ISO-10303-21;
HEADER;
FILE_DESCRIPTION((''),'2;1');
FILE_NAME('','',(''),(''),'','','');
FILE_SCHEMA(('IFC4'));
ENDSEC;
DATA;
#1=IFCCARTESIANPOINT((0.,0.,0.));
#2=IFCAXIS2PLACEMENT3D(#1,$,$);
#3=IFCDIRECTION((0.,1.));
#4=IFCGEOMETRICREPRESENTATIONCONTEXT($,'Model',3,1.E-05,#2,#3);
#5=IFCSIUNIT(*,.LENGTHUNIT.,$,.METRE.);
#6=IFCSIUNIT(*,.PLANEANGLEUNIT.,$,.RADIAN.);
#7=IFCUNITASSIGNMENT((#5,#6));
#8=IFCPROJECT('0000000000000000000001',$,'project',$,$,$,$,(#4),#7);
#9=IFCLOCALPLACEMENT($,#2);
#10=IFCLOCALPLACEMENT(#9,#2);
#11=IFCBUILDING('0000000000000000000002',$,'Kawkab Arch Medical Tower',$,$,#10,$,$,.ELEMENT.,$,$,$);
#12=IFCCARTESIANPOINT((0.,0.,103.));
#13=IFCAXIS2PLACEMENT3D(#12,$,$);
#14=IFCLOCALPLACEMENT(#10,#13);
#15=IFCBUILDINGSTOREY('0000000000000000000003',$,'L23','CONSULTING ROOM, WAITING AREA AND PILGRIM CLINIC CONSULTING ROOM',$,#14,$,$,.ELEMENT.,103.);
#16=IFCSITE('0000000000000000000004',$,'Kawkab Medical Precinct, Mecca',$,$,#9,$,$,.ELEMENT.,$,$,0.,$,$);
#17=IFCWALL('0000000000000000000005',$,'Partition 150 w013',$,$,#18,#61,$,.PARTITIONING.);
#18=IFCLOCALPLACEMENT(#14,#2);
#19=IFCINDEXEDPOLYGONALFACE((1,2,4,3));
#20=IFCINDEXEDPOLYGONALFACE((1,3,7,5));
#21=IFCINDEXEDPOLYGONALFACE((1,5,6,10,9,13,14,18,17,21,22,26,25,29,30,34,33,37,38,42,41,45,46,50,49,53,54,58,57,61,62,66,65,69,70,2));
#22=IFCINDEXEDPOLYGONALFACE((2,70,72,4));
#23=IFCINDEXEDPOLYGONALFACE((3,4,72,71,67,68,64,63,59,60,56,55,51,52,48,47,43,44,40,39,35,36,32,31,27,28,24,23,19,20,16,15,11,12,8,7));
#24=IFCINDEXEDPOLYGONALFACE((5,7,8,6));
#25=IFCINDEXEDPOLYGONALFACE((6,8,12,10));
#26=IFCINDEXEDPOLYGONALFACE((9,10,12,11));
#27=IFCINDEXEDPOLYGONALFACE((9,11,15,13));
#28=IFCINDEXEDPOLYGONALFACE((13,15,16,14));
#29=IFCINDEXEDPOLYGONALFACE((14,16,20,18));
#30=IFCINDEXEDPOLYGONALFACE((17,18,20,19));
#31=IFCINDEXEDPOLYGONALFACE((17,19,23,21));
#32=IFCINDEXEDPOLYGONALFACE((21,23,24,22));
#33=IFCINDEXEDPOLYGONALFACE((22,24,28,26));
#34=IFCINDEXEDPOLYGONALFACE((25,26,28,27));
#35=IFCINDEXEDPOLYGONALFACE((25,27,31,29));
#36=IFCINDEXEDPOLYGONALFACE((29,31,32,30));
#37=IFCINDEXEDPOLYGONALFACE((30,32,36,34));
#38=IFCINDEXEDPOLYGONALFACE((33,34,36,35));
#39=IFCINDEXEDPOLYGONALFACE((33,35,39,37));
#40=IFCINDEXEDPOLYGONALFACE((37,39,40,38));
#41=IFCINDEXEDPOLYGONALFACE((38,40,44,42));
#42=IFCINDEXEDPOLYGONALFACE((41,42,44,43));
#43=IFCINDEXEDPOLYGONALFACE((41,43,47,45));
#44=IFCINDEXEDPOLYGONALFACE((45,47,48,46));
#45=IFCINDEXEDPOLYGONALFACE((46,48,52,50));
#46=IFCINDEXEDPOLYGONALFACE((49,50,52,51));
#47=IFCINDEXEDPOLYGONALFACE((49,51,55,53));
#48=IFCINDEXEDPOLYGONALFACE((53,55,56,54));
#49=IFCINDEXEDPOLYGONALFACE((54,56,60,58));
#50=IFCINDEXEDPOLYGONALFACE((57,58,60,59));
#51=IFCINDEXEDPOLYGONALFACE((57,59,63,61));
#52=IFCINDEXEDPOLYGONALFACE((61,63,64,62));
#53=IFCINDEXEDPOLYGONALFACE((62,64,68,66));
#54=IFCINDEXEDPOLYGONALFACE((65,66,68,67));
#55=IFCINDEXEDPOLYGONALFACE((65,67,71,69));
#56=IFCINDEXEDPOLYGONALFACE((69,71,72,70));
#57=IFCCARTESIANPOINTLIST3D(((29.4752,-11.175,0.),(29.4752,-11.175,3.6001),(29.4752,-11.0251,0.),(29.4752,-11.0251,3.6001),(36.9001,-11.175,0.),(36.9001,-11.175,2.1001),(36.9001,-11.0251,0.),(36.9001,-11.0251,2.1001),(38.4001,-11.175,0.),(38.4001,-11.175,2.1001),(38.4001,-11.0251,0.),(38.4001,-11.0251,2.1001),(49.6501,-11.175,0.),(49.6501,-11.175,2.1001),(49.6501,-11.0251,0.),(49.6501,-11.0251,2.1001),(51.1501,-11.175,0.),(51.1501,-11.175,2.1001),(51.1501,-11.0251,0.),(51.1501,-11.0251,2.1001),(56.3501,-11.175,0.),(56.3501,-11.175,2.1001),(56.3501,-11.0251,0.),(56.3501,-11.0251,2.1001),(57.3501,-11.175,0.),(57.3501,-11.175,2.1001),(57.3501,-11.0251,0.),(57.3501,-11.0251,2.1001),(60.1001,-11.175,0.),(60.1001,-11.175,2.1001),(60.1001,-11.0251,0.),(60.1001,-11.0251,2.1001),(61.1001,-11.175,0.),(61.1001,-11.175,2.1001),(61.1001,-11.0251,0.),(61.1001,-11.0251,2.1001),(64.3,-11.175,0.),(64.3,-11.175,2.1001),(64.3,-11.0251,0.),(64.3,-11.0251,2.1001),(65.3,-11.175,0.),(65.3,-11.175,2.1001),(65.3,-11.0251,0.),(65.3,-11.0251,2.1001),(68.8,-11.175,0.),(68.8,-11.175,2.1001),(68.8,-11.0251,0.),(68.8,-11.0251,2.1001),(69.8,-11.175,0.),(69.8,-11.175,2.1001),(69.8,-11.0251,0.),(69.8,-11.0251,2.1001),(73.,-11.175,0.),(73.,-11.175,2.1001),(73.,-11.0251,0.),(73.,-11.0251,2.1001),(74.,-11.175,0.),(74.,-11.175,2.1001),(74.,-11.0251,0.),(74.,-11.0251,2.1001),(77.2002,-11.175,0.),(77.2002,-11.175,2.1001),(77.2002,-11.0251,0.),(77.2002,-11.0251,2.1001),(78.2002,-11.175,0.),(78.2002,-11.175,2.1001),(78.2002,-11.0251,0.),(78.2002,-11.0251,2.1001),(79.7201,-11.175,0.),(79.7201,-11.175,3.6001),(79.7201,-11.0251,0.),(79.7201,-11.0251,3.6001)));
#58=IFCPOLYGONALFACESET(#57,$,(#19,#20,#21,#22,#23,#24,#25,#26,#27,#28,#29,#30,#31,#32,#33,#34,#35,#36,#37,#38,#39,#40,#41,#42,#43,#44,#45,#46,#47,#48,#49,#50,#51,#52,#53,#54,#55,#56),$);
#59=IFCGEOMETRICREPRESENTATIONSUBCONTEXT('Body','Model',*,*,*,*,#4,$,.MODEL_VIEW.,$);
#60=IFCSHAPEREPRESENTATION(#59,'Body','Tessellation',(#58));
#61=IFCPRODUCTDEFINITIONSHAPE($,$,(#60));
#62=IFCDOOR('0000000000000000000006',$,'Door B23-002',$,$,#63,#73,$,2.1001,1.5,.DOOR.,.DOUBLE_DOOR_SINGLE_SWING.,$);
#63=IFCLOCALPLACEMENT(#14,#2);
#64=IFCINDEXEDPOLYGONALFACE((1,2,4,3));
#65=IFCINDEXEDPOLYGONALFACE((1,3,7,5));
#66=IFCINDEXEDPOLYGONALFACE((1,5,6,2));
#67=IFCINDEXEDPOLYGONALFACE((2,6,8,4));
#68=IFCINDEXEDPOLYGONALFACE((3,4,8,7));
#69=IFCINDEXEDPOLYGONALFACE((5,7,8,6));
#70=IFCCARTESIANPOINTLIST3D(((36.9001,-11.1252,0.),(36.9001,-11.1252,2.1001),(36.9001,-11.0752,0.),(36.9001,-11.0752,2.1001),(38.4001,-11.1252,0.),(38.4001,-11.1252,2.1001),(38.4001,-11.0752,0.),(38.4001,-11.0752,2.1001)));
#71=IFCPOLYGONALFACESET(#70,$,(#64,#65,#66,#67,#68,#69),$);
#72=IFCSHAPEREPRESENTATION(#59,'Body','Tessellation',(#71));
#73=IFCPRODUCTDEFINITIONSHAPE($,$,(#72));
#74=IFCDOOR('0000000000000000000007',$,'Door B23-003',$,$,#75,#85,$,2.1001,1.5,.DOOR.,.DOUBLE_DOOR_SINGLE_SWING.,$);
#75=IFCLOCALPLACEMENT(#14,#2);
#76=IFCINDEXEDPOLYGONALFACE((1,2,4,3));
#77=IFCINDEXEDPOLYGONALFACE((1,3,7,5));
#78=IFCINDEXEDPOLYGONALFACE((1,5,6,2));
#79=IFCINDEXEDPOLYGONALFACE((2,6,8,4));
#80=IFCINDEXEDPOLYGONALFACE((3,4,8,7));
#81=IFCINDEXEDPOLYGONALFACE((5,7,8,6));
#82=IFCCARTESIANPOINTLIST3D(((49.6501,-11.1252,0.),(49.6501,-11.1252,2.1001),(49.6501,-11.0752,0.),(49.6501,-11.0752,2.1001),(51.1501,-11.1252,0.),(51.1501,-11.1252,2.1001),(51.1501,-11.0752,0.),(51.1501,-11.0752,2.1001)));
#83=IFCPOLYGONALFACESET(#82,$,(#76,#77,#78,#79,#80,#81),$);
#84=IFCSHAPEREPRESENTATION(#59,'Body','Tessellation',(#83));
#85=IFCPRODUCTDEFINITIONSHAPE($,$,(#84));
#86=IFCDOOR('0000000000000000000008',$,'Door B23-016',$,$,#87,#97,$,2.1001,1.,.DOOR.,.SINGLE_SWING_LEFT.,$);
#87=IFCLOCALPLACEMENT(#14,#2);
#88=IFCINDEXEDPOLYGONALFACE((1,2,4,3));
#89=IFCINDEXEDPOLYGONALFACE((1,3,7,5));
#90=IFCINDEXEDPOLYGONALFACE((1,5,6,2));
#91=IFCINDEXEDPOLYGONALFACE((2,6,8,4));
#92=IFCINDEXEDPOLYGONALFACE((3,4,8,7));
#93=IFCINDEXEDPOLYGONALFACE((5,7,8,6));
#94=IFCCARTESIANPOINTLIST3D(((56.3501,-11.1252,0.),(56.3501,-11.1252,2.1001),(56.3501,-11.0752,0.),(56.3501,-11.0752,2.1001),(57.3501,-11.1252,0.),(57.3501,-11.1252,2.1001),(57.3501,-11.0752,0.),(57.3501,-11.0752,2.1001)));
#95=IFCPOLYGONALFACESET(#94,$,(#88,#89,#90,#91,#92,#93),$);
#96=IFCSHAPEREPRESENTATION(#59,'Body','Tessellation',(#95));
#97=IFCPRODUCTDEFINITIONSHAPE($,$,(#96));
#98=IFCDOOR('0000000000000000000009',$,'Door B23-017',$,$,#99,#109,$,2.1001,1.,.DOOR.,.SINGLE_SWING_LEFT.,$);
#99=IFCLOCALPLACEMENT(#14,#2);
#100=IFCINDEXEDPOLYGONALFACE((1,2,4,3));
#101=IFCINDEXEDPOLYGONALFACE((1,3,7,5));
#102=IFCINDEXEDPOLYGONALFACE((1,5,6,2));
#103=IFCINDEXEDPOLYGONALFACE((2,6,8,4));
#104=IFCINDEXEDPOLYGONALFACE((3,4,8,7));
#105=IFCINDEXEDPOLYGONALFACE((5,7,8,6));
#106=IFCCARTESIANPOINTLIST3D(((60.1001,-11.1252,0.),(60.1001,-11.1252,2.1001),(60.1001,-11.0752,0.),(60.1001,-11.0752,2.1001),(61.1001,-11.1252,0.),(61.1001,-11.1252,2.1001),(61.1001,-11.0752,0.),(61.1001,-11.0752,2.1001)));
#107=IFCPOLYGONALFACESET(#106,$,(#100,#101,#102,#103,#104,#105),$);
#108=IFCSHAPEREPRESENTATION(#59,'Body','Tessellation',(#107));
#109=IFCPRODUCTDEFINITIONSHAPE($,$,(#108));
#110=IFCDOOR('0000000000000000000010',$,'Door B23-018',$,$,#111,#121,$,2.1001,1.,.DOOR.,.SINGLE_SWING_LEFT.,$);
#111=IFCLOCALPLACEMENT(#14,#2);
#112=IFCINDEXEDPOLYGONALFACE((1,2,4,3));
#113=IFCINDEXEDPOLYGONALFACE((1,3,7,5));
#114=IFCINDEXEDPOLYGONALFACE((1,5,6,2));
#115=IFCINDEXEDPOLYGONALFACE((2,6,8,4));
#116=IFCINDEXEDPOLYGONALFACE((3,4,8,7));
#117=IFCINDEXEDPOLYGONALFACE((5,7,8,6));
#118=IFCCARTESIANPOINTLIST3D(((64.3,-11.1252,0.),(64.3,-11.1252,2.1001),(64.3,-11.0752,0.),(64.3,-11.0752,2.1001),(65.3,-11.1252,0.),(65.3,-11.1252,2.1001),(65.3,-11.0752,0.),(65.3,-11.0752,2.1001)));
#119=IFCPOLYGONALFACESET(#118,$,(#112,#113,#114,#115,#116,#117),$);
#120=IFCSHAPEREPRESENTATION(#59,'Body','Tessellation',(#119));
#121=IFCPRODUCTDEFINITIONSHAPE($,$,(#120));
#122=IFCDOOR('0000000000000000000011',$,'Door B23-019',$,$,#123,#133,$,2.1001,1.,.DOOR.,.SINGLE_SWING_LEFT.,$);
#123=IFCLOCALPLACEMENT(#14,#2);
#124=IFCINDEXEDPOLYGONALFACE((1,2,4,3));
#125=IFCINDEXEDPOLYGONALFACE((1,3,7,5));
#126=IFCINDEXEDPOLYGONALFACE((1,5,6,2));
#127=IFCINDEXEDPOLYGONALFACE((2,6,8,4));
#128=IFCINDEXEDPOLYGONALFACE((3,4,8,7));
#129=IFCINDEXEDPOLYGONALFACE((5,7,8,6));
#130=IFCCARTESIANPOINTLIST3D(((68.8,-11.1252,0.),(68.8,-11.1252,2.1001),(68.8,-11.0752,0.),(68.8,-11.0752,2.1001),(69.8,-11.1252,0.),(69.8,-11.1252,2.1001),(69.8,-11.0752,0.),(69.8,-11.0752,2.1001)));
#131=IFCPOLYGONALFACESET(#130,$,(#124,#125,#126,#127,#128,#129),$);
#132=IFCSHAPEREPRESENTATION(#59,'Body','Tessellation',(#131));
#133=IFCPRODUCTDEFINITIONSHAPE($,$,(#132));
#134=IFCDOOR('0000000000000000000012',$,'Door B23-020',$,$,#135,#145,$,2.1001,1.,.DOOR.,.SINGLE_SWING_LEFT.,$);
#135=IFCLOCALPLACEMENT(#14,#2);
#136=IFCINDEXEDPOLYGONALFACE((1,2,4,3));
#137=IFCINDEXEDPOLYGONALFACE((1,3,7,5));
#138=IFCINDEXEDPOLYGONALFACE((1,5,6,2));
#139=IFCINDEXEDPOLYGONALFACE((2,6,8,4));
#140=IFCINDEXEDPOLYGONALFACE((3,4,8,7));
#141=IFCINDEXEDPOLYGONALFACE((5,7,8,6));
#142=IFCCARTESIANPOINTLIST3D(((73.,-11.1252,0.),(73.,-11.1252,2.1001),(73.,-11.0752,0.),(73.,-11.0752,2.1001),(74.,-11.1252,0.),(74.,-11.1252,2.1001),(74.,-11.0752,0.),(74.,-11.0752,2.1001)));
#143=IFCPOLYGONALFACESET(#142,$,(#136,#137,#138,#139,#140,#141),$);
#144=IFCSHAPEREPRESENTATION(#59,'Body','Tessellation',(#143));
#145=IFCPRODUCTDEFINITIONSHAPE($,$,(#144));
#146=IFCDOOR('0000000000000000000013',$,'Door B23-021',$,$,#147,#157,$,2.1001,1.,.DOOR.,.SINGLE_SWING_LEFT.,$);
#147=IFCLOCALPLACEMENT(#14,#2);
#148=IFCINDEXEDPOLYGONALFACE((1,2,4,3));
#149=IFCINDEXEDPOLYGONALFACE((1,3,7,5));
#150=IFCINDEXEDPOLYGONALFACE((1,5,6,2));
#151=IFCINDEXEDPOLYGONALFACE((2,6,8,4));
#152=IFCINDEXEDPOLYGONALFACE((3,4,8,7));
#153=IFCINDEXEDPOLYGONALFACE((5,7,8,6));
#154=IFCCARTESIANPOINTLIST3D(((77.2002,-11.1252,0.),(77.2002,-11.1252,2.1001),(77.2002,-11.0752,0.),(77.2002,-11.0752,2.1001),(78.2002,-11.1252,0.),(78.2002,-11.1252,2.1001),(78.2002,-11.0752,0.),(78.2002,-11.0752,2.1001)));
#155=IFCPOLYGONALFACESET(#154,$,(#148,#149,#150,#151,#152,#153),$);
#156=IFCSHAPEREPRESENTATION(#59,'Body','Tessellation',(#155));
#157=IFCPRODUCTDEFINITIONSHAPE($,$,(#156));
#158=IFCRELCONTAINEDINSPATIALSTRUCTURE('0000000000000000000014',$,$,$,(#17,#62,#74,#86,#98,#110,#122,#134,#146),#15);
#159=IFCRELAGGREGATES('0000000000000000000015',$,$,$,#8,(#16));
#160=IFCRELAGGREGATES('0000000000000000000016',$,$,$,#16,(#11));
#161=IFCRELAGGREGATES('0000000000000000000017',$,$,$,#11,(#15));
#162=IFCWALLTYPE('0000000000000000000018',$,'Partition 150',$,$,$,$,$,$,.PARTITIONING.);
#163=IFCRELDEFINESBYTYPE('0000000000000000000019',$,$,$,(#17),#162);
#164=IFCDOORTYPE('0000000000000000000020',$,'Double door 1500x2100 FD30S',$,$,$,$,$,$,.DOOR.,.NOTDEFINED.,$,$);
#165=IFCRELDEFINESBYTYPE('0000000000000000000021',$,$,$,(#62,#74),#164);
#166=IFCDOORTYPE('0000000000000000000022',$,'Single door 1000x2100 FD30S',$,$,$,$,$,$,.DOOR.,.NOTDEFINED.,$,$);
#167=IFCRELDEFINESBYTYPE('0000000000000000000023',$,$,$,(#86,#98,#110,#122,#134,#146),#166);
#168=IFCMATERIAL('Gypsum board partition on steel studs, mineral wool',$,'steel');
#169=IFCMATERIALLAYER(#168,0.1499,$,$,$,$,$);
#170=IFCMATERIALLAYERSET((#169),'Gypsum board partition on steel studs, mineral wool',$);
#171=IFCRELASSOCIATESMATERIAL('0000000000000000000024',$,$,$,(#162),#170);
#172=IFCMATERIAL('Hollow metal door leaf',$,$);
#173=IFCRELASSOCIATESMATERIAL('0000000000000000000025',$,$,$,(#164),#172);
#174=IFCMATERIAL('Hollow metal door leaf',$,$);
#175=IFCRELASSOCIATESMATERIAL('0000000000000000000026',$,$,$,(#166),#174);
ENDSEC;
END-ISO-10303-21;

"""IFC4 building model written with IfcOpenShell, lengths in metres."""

from ifc_helpers import new_model, si_unit, direction, frame, frame_2d, origin, place, context, subcontext, project, spatial, rectangle, extrude, material, layer, layer_set, type_object, element, fill, save


model = new_model("IFC4")

# Units and contexts
model_context = context("Model", 3, precision=1e-05, world=origin(), true_north=direction((0.0, 1.0)))
body_context = subcontext(model_context, "Body", "Model", "MODEL_VIEW")
ifc_project = project(units=[si_unit("LENGTHUNIT", "METRE"), si_unit("PLANEANGLEUNIT", "RADIAN")], contexts=[model_context])

# Site, building, storey
site_placement = place(None, origin())
site = spatial("IfcSite", under=ifc_project, at=site_placement, Name="Kawkab Medical Precinct, Mecca", CompositionType="ELEMENT", RefElevation=0.0)
building_placement = place(site_placement, origin())
building = spatial("IfcBuilding", under=site, at=building_placement, Name="Kawkab Arch Medical Tower", CompositionType="ELEMENT")
storey_placement = place(building_placement, frame((0.0, 0.0, 103.0)))
storey = spatial("IfcBuildingStorey", under=building, at=storey_placement, Name="L23", Description="CONSULTING ROOM, WAITING AREA AND PILGRIM CLINIC CONSULTING ROOM", CompositionType="ELEMENT", Elevation=103.0)

# Wall, openings, doors
ifc_material_1 = material(Name="Gypsum board partition on steel studs, mineral wool", Category="steel")
ifc_layer_1 = layer(ifc_material_1, 0.1499)
ifc_layer_set_1 = layer_set([ifc_layer_1], Name="Gypsum board partition on steel studs, mineral wool")
wall_type_1 = type_object("IfcWallType", Name="Partition 150", PredefinedType="PARTITIONING", material=ifc_layer_set_1)
wall_1_placement = place(storey_placement, frame((29.4751, -11.1001, 0.0), z_axis=(0.0, 0.0, 1.0), x_axis=(1.0, 0.0, 0.0)))
wall_1 = element("IfcWall", 1, at=wall_1_placement, inside=storey, type_object=wall_type_1, Name="Partition 150 w013", PredefinedType="PARTITIONING", context=body_context, shape_type="SweptSolid", body=[
    extrude(rectangle(XDim=50.2449, YDim=0.1499, at=frame_2d((25.1226, 0.0))), origin(), (0.0, 0.0, 1.0), 3.6001),
])
opening_1_placement = place(wall_1_placement, frame((7.425, 0.0, 0.0)))
opening_1 = element("IfcOpeningElement", 2, at=opening_1_placement, cuts=wall_1, PredefinedType="OPENING", context=body_context, shape_type="SweptSolid", body=[
    extrude(rectangle(XDim=1.5, YDim=2.1001, at=frame_2d((0.75, 1.05))), frame((0.0, 0.085, 0.0), z_axis=(0.0, -1.0, 0.0), x_axis=(1.0, 0.0, 0.0)), (0.0, 0.0, 1.0), 0.1699),
])
opening_2_placement = place(wall_1_placement, frame((20.175, 0.0, 0.0)))
opening_2 = element("IfcOpeningElement", 3, at=opening_2_placement, cuts=wall_1, PredefinedType="OPENING", context=body_context, shape_type="SweptSolid", body=[
    extrude(rectangle(XDim=1.5, YDim=2.1001, at=frame_2d((0.75, 1.05))), frame((0.0, 0.085, 0.0), z_axis=(0.0, -1.0, 0.0), x_axis=(1.0, 0.0, 0.0)), (0.0, 0.0, 1.0), 0.1699),
])
opening_3_placement = place(wall_1_placement, frame((26.875, 0.0, 0.0)))
opening_3 = element("IfcOpeningElement", 4, at=opening_3_placement, cuts=wall_1, PredefinedType="OPENING", context=body_context, shape_type="SweptSolid", body=[
    extrude(rectangle(XDim=1.0, YDim=2.1001, at=frame_2d((0.5, 1.05))), frame((0.0, 0.085, 0.0), z_axis=(0.0, -1.0, 0.0), x_axis=(1.0, 0.0, 0.0)), (0.0, 0.0, 1.0), 0.1699),
])
opening_4_placement = place(wall_1_placement, frame((30.625, 0.0, 0.0)))
opening_4 = element("IfcOpeningElement", 5, at=opening_4_placement, cuts=wall_1, PredefinedType="OPENING", context=body_context, shape_type="SweptSolid", body=[
    extrude(rectangle(XDim=1.0, YDim=2.1001, at=frame_2d((0.5, 1.05))), frame((0.0, 0.085, 0.0), z_axis=(0.0, -1.0, 0.0), x_axis=(1.0, 0.0, 0.0)), (0.0, 0.0, 1.0), 0.1699),
])
opening_5_placement = place(wall_1_placement, frame((34.825, 0.0, 0.0)))
opening_5 = element("IfcOpeningElement", 6, at=opening_5_placement, cuts=wall_1, PredefinedType="OPENING", context=body_context, shape_type="SweptSolid", body=[
    extrude(rectangle(XDim=1.0, YDim=2.1001, at=frame_2d((0.5, 1.05))), frame((0.0, 0.085, 0.0), z_axis=(0.0, -1.0, 0.0), x_axis=(1.0, 0.0, 0.0)), (0.0, 0.0, 1.0), 0.1699),
])
opening_6_placement = place(wall_1_placement, frame((39.325, 0.0, 0.0)))
opening_6 = element("IfcOpeningElement", 7, at=opening_6_placement, cuts=wall_1, PredefinedType="OPENING", context=body_context, shape_type="SweptSolid", body=[
    extrude(rectangle(XDim=1.0, YDim=2.1001, at=frame_2d((0.5, 1.05))), frame((0.0, 0.085, 0.0), z_axis=(0.0, -1.0, 0.0), x_axis=(1.0, 0.0, 0.0)), (0.0, 0.0, 1.0), 0.1699),
])
opening_7_placement = place(wall_1_placement, frame((43.5249, 0.0, 0.0)))
opening_7 = element("IfcOpeningElement", 8, at=opening_7_placement, cuts=wall_1, PredefinedType="OPENING", context=body_context, shape_type="SweptSolid", body=[
    extrude(rectangle(XDim=1.0, YDim=2.1001, at=frame_2d((0.5, 1.05))), frame((0.0, 0.085, 0.0), z_axis=(0.0, -1.0, 0.0), x_axis=(1.0, 0.0, 0.0)), (0.0, 0.0, 1.0), 0.1699),
])
opening_8_placement = place(wall_1_placement, frame((47.7251, 0.0, 0.0)))
opening_8 = element("IfcOpeningElement", 9, at=opening_8_placement, cuts=wall_1, PredefinedType="OPENING", context=body_context, shape_type="SweptSolid", body=[
    extrude(rectangle(XDim=1.0, YDim=2.1001, at=frame_2d((0.5, 1.05))), frame((0.0, 0.085, 0.0), z_axis=(0.0, -1.0, 0.0), x_axis=(1.0, 0.0, 0.0)), (0.0, 0.0, 1.0), 0.1699),
])
ifc_material_2 = material(Name="Hollow metal door leaf")
door_type_1 = type_object("IfcDoorType", Name="Double door 1500x2100 FD30S", OperationType="NOTDEFINED", PredefinedType="DOOR", material=ifc_material_2)
door_1_placement = place(opening_1_placement, origin())
door_1 = element("IfcDoor", 10, at=door_1_placement, inside=storey, type_object=door_type_1, Name="Door B23-002", OperationType="DOUBLE_DOOR_SINGLE_SWING", OverallHeight=2.1001, OverallWidth=1.5, PredefinedType="DOOR", context=body_context, shape_type="SweptSolid", body=[
    extrude(rectangle(XDim=1.5, YDim=2.1001, at=frame_2d((0.75, 1.05))), frame((0.0, 0.0249, 0.0), z_axis=(0.0, -1.0, 0.0), x_axis=(1.0, 0.0, 0.0)), (0.0, 0.0, 1.0), 0.05),
])
fill(opening_1, door_1)
door_2_placement = place(opening_2_placement, origin())
door_2 = element("IfcDoor", 11, at=door_2_placement, inside=storey, type_object=door_type_1, Name="Door B23-003", OperationType="DOUBLE_DOOR_SINGLE_SWING", OverallHeight=2.1001, OverallWidth=1.5, PredefinedType="DOOR", context=body_context, shape_type="SweptSolid", body=[
    extrude(rectangle(XDim=1.5, YDim=2.1001, at=frame_2d((0.75, 1.05))), frame((0.0, 0.0249, 0.0), z_axis=(0.0, -1.0, 0.0), x_axis=(1.0, 0.0, 0.0)), (0.0, 0.0, 1.0), 0.05),
])
fill(opening_2, door_2)
ifc_material_3 = material(Name="Hollow metal door leaf")
door_type_2 = type_object("IfcDoorType", Name="Single door 1000x2100 FD30S", OperationType="NOTDEFINED", PredefinedType="DOOR", material=ifc_material_3)
door_3_placement = place(opening_3_placement, origin())
door_3 = element("IfcDoor", 12, at=door_3_placement, inside=storey, type_object=door_type_2, Name="Door B23-016", OperationType="SINGLE_SWING_LEFT", OverallHeight=2.1001, OverallWidth=1.0, PredefinedType="DOOR", context=body_context, shape_type="SweptSolid", body=[
    extrude(rectangle(XDim=1.0, YDim=2.1001, at=frame_2d((0.5, 1.05))), frame((0.0, 0.0249, 0.0), z_axis=(0.0, -1.0, 0.0), x_axis=(1.0, 0.0, 0.0)), (0.0, 0.0, 1.0), 0.05),
])
fill(opening_3, door_3)
door_4_placement = place(opening_4_placement, origin())
door_4 = element("IfcDoor", 13, at=door_4_placement, inside=storey, type_object=door_type_2, Name="Door B23-017", OperationType="SINGLE_SWING_LEFT", OverallHeight=2.1001, OverallWidth=1.0, PredefinedType="DOOR", context=body_context, shape_type="SweptSolid", body=[
    extrude(rectangle(XDim=1.0, YDim=2.1001, at=frame_2d((0.5, 1.05))), frame((0.0, 0.0249, 0.0), z_axis=(0.0, -1.0, 0.0), x_axis=(1.0, 0.0, 0.0)), (0.0, 0.0, 1.0), 0.05),
])
fill(opening_4, door_4)
door_5_placement = place(opening_5_placement, origin())
door_5 = element("IfcDoor", 14, at=door_5_placement, inside=storey, type_object=door_type_2, Name="Door B23-018", OperationType="SINGLE_SWING_LEFT", OverallHeight=2.1001, OverallWidth=1.0, PredefinedType="DOOR", context=body_context, shape_type="SweptSolid", body=[
    extrude(rectangle(XDim=1.0, YDim=2.1001, at=frame_2d((0.5, 1.05))), frame((0.0, 0.0249, 0.0), z_axis=(0.0, -1.0, 0.0), x_axis=(1.0, 0.0, 0.0)), (0.0, 0.0, 1.0), 0.05),
])
fill(opening_5, door_5)
door_6_placement = place(opening_6_placement, origin())
door_6 = element("IfcDoor", 15, at=door_6_placement, inside=storey, type_object=door_type_2, Name="Door B23-019", OperationType="SINGLE_SWING_LEFT", OverallHeight=2.1001, OverallWidth=1.0, PredefinedType="DOOR", context=body_context, shape_type="SweptSolid", body=[
    extrude(rectangle(XDim=1.0, YDim=2.1001, at=frame_2d((0.5, 1.05))), frame((0.0, 0.0249, 0.0), z_axis=(0.0, -1.0, 0.0), x_axis=(1.0, 0.0, 0.0)), (0.0, 0.0, 1.0), 0.05),
])
fill(opening_6, door_6)
door_7_placement = place(opening_7_placement, origin())
door_7 = element("IfcDoor", 16, at=door_7_placement, inside=storey, type_object=door_type_2, Name="Door B23-020", OperationType="SINGLE_SWING_LEFT", OverallHeight=2.1001, OverallWidth=1.0, PredefinedType="DOOR", context=body_context, shape_type="SweptSolid", body=[
    extrude(rectangle(XDim=1.0, YDim=2.1001, at=frame_2d((0.5, 1.05))), frame((0.0, 0.0249, 0.0), z_axis=(0.0, -1.0, 0.0), x_axis=(1.0, 0.0, 0.0)), (0.0, 0.0, 1.0), 0.05),
])
fill(opening_7, door_7)
door_8_placement = place(opening_8_placement, origin())
door_8 = element("IfcDoor", 17, at=door_8_placement, inside=storey, type_object=door_type_2, Name="Door B23-021", OperationType="SINGLE_SWING_LEFT", OverallHeight=2.1001, OverallWidth=1.0, PredefinedType="DOOR", context=body_context, shape_type="SweptSolid", body=[
    extrude(rectangle(XDim=1.0, YDim=2.1001, at=frame_2d((0.5, 1.05))), frame((0.0, 0.0249, 0.0), z_axis=(0.0, -1.0, 0.0), x_axis=(1.0, 0.0, 0.0)), (0.0, 0.0, 1.0), 0.05),
])
fill(opening_8, door_8)

save(model, "model.ifc")
